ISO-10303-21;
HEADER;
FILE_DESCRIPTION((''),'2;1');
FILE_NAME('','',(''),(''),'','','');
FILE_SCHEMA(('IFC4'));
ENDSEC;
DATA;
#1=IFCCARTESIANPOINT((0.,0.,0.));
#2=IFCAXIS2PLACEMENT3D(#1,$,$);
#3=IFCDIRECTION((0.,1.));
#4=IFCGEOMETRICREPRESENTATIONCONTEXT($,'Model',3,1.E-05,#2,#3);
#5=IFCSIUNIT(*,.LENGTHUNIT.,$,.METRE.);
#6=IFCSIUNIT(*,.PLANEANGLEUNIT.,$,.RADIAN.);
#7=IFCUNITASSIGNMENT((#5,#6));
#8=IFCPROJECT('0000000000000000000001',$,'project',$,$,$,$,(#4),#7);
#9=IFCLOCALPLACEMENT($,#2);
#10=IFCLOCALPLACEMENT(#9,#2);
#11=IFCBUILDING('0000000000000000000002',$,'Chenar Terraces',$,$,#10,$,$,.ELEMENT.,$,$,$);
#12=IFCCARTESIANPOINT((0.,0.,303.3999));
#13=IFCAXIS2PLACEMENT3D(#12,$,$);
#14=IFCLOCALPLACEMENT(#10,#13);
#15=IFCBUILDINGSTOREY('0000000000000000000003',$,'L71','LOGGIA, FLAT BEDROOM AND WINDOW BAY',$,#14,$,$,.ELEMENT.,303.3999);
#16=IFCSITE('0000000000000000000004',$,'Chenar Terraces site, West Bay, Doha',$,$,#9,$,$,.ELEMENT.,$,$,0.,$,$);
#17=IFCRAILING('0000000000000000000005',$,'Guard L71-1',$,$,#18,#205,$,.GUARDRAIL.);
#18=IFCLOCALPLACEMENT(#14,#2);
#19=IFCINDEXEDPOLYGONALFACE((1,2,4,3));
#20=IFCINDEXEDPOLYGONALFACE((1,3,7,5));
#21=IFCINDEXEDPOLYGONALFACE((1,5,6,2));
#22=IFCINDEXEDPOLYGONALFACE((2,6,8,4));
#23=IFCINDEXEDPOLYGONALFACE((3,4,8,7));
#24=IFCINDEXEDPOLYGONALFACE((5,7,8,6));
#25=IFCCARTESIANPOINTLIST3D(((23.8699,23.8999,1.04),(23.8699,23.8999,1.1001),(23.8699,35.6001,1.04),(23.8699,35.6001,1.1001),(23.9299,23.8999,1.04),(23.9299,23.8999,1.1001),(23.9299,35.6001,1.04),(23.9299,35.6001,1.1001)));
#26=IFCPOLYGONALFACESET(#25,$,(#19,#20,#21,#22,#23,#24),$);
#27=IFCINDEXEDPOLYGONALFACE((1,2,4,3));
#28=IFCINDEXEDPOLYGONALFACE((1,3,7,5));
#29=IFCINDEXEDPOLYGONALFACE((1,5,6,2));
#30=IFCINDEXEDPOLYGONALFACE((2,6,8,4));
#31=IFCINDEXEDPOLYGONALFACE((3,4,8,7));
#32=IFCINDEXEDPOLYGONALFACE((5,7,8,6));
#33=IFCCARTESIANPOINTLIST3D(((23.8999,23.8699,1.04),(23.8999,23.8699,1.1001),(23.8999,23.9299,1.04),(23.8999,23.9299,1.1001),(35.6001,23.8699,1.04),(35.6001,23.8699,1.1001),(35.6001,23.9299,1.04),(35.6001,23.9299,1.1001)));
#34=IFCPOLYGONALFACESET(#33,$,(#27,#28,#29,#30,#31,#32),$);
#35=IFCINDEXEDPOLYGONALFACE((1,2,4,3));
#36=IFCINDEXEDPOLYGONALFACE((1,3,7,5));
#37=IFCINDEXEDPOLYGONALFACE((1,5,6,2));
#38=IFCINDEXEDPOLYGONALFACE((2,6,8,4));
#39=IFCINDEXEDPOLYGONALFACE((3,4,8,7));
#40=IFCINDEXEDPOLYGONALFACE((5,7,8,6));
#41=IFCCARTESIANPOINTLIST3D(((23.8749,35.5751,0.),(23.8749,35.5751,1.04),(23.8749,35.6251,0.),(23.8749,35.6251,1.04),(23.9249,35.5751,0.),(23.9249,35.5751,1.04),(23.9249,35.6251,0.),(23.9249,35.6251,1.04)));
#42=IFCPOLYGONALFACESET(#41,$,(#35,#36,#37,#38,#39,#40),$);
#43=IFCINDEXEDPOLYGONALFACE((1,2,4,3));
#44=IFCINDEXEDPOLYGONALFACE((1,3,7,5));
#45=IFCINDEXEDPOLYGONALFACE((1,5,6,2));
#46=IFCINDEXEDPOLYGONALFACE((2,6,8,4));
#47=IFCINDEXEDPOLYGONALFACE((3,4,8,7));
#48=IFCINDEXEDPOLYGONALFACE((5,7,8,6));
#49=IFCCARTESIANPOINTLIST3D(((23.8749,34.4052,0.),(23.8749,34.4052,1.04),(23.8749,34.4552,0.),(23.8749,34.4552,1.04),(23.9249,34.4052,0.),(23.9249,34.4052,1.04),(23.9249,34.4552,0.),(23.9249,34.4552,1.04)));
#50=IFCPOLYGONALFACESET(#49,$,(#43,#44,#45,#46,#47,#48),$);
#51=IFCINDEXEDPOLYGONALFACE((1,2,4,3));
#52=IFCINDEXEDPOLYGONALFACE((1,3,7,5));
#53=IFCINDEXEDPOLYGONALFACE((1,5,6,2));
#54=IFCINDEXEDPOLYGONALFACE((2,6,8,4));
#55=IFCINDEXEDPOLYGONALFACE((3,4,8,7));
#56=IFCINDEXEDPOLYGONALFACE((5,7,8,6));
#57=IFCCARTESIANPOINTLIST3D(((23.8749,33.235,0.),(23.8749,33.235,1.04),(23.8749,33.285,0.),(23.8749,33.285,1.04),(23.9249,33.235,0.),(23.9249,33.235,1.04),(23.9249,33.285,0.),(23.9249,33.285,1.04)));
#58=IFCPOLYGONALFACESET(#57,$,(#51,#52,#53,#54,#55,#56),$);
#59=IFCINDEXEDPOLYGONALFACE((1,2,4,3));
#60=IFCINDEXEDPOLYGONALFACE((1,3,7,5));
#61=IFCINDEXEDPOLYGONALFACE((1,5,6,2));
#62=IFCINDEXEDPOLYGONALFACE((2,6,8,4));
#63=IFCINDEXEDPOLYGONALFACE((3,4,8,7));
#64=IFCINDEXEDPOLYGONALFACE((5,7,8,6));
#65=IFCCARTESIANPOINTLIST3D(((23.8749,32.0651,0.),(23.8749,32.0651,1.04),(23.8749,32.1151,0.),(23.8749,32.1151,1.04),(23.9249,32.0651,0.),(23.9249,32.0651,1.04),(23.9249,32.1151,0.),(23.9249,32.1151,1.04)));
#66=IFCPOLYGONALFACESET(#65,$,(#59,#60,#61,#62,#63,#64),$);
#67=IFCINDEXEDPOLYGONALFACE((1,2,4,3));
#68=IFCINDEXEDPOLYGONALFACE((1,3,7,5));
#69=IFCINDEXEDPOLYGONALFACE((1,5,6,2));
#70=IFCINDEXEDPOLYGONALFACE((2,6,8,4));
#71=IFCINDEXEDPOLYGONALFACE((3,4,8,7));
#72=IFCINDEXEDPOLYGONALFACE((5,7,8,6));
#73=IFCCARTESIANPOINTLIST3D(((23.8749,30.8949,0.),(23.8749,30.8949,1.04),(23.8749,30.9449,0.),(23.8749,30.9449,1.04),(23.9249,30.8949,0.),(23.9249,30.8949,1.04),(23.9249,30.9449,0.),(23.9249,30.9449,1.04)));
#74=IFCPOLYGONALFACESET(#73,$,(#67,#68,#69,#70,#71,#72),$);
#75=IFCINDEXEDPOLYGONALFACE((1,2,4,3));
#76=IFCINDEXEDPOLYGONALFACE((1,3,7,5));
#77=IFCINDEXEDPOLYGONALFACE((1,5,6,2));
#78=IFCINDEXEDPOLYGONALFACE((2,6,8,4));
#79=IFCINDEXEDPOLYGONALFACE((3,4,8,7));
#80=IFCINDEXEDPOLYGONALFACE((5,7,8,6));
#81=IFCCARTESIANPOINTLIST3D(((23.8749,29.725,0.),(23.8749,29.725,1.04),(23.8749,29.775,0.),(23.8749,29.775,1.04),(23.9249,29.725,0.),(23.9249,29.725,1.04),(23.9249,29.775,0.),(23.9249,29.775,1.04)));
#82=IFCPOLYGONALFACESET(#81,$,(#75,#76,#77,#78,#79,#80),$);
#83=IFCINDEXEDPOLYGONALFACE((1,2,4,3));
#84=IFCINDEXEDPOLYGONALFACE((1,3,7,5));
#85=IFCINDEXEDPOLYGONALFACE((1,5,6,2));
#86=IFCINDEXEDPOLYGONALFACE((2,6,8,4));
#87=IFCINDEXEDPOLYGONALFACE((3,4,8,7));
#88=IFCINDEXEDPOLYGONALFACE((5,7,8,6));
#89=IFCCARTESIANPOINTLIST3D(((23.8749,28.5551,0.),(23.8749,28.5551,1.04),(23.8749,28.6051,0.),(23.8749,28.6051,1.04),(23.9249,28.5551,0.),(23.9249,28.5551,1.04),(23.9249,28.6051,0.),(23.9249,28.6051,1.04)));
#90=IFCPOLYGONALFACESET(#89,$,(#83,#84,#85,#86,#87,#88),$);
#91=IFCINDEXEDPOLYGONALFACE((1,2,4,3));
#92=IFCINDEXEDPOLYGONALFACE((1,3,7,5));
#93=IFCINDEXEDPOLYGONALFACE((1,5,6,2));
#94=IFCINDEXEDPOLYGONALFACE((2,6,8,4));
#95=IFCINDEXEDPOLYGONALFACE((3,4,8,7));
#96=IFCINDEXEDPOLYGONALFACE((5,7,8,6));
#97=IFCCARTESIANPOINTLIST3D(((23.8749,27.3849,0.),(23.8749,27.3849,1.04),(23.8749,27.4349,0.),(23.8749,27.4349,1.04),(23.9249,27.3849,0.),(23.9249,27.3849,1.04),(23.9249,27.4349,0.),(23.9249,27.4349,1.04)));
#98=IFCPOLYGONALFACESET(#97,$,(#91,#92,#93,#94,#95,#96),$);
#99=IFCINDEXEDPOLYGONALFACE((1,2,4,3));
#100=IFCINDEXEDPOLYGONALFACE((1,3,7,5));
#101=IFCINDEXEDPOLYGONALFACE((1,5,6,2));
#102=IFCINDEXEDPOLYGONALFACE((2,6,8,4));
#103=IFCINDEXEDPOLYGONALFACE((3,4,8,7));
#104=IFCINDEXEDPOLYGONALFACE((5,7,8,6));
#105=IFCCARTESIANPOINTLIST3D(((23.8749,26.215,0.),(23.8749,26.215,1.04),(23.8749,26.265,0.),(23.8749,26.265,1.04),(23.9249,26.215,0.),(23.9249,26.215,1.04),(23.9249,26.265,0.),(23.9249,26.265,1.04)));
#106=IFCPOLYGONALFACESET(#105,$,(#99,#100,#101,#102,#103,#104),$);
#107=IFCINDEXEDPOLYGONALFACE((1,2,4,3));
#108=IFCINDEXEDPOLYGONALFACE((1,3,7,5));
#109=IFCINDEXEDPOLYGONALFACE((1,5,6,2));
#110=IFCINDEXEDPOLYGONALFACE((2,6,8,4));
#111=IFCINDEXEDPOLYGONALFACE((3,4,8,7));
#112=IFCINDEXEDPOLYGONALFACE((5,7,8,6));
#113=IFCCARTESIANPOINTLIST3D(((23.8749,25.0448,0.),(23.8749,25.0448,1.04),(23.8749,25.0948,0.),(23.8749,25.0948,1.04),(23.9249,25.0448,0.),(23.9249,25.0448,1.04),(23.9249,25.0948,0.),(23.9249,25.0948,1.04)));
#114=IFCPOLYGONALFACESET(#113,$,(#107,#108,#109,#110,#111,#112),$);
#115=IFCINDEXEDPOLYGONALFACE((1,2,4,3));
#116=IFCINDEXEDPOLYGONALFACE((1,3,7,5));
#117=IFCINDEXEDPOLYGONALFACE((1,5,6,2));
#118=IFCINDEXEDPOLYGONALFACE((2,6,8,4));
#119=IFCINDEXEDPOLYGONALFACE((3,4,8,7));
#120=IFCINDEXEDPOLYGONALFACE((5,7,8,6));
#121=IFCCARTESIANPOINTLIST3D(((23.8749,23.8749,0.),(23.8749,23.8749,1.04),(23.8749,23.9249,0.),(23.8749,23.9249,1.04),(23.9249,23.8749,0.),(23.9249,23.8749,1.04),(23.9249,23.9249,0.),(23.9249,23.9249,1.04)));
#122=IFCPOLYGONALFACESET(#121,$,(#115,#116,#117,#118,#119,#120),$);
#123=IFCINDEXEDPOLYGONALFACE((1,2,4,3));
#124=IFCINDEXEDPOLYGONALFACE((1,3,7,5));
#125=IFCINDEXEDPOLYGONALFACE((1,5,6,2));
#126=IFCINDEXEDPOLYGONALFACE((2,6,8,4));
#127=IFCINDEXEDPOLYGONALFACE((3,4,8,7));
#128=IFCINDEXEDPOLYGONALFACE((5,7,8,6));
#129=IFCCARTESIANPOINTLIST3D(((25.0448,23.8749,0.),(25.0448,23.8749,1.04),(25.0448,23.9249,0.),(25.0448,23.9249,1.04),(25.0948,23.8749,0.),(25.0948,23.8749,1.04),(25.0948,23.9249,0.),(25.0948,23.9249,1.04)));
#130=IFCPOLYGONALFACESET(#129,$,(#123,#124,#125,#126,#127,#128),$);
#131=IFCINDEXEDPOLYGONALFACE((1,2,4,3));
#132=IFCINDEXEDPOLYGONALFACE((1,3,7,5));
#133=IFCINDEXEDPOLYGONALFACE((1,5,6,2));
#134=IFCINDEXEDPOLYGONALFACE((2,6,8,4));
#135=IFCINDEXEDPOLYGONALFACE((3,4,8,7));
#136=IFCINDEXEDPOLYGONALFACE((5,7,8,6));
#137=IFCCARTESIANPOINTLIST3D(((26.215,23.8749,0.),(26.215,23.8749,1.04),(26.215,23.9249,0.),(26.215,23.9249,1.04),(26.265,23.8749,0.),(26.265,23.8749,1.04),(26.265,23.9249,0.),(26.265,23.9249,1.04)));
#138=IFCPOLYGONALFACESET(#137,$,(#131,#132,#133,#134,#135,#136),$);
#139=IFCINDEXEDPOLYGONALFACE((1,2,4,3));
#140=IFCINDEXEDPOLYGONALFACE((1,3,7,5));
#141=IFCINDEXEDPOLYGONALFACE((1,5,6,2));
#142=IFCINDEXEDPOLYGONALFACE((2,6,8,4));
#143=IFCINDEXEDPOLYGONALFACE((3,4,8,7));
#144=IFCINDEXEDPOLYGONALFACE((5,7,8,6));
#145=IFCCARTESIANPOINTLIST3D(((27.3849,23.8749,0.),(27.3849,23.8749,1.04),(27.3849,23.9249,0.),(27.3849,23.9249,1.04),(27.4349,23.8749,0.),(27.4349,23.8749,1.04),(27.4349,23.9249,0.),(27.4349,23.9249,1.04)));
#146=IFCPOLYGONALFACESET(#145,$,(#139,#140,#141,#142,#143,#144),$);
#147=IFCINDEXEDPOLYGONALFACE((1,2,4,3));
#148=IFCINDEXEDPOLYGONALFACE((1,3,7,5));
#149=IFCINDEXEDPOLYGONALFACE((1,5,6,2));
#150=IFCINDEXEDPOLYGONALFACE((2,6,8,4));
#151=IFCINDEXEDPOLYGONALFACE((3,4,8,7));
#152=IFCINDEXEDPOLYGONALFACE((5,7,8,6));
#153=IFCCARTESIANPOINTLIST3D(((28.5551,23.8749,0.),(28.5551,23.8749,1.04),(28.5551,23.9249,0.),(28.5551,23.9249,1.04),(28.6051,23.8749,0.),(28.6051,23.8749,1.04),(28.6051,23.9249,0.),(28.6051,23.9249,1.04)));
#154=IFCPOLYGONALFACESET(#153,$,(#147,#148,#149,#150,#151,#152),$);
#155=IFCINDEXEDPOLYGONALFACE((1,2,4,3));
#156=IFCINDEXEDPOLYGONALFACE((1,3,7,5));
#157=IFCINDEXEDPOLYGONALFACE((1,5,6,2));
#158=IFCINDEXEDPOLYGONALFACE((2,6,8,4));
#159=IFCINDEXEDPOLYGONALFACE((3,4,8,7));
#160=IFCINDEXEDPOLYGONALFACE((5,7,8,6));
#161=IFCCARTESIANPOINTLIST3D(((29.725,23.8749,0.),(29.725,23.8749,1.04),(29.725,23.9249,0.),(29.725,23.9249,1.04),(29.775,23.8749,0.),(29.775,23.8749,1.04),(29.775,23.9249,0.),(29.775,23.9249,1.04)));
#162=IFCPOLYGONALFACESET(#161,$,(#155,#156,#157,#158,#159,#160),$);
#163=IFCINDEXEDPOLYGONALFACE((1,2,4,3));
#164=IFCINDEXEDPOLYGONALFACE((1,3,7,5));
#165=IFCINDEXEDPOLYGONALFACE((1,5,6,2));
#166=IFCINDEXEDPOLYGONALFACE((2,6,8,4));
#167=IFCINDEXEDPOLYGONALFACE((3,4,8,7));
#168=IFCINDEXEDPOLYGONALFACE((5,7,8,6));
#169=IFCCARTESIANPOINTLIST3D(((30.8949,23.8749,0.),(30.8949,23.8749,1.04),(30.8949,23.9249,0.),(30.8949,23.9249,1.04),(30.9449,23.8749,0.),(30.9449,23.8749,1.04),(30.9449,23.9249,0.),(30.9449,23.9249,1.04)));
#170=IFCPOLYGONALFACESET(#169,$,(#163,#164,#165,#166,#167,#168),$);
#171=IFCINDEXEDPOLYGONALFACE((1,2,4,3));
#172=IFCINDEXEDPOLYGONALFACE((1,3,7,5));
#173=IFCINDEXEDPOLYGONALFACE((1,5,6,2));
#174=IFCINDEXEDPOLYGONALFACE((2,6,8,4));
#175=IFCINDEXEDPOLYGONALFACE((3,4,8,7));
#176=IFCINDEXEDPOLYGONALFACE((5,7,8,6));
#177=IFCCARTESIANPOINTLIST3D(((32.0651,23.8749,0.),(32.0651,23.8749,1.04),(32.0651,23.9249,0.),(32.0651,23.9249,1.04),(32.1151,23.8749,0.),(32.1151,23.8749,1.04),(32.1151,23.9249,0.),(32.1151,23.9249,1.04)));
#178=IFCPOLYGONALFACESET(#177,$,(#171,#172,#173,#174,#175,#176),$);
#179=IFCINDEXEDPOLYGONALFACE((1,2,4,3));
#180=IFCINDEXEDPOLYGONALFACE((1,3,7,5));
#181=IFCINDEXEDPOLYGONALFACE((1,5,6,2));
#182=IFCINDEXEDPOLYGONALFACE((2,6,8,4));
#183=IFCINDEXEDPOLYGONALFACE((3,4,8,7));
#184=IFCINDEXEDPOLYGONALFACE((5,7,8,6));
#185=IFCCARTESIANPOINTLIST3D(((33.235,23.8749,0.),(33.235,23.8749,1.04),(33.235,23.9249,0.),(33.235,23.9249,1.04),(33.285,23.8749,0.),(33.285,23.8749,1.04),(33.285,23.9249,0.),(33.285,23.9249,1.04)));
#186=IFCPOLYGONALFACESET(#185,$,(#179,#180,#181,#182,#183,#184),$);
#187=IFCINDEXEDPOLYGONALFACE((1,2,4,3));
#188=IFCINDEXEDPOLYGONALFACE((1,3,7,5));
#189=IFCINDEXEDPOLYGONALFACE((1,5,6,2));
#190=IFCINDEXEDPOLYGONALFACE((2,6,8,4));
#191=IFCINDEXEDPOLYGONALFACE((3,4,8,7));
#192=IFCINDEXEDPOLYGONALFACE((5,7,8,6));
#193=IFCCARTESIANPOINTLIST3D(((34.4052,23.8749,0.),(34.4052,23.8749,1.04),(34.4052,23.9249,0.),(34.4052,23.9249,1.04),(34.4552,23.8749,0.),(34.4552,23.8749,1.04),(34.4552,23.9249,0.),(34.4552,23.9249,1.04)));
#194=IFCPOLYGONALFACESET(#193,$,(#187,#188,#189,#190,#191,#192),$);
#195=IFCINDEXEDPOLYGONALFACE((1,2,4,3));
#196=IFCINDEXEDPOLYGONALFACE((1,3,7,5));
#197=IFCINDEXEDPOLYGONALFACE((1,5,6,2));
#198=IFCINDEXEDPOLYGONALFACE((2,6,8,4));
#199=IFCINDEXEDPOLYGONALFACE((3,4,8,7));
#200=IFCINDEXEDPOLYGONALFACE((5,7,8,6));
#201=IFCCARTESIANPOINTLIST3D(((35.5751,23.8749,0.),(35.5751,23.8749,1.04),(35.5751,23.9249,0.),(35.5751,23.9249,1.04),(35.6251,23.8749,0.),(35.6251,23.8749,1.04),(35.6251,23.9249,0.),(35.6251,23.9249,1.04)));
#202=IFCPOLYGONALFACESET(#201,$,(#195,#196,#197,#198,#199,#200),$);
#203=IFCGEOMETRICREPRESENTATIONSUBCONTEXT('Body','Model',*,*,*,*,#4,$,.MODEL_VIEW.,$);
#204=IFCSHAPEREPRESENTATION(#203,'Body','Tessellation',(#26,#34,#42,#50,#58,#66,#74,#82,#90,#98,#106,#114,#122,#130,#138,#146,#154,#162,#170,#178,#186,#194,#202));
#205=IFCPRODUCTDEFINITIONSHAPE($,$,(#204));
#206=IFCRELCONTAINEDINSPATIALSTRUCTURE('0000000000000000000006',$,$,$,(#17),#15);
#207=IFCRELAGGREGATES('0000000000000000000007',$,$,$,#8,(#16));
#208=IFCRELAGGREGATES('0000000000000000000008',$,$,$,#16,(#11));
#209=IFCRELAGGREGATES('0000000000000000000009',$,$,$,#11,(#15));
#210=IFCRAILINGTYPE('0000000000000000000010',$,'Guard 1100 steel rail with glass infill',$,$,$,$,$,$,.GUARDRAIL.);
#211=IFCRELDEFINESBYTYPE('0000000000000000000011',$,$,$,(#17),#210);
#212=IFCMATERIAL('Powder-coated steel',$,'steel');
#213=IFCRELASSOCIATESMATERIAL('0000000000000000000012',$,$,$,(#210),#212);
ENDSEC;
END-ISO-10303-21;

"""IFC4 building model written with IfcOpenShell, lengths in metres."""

from ifc_helpers import new_model, si_unit, direction, frame, origin, origin_2d, place, context, subcontext, project, spatial, rectangle, extrude, material, type_object, element, save


model = new_model("IFC4")

# Units and contexts
model_context = context("Model", 3, precision=1e-05, world=origin(), true_north=direction((0.0, 1.0)))
body_context = subcontext(model_context, "Body", "Model", "MODEL_VIEW")
ifc_project = project(units=[si_unit("LENGTHUNIT", "METRE"), si_unit("PLANEANGLEUNIT", "RADIAN")], contexts=[model_context])

# Site, building, storey
site_placement = place(None, origin())
site = spatial("IfcSite", under=ifc_project, at=site_placement, Name="Chenar Terraces site, West Bay, Doha", CompositionType="ELEMENT", RefElevation=0.0)
building_placement = place(site_placement, origin())
building = spatial("IfcBuilding", under=site, at=building_placement, Name="Chenar Terraces", CompositionType="ELEMENT")
storey_placement = place(building_placement, frame((0.0, 0.0, 303.3999)))
storey = spatial("IfcBuildingStorey", under=building, at=storey_placement, Name="L71", Description="LOGGIA, FLAT BEDROOM AND WINDOW BAY", CompositionType="ELEMENT", Elevation=303.3999)

# Railing
ifc_material_1 = material(Name="Powder-coated steel", Category="steel")
railing_type = type_object("IfcRailingType", Name="Guard 1100 steel rail with glass infill", PredefinedType="GUARDRAIL", material=ifc_material_1)
railing_placement = place(storey_placement, frame((23.8999, 35.6001, 0.0)))
element("IfcRailing", 1, at=railing_placement, inside=storey, type_object=railing_type, Name="Guard L71-1", PredefinedType="GUARDRAIL", context=body_context, shape_type="SweptSolid", body=[
    extrude(rectangle(XDim=0.0601, YDim=0.0601, at=origin_2d()), frame((0.0, 0.0, 1.0701), z_axis=(0.0, -1.0, 0.0), x_axis=(1.0, 0.0, 0.0)), (0.0, 0.0, 1.0), 11.7002),
    extrude(rectangle(XDim=0.0601, YDim=0.0601, at=origin_2d()), frame((0.0, -11.7002, 1.0701), z_axis=(1.0, 0.0, 0.0), x_axis=(0.0, 1.0, 0.0)), (0.0, 0.0, 1.0), 11.7002),
    extrude(rectangle(XDim=0.05, YDim=0.05, at=origin_2d()), origin(), (0.0, 0.0, 1.0), 1.04),
    extrude(rectangle(XDim=0.05, YDim=0.05, at=origin_2d()), frame((0.0, -1.1699, 0.0)), (0.0, 0.0, 1.0), 1.04),
    extrude(rectangle(XDim=0.05, YDim=0.05, at=origin_2d()), frame((0.0, -2.3401, 0.0)), (0.0, 0.0, 1.0), 1.04),
    extrude(rectangle(XDim=0.05, YDim=0.05, at=origin_2d()), frame((0.0, -3.51, 0.0)), (0.0, 0.0, 1.0), 1.04),
    extrude(rectangle(XDim=0.05, YDim=0.05, at=origin_2d()), frame((0.0, -4.6802, 0.0)), (0.0, 0.0, 1.0), 1.04),
    extrude(rectangle(XDim=0.05, YDim=0.05, at=origin_2d()), frame((0.0, -5.8501, 0.0)), (0.0, 0.0, 1.0), 1.04),
    extrude(rectangle(XDim=0.05, YDim=0.05, at=origin_2d()), frame((0.0, -7.02, 0.0)), (0.0, 0.0, 1.0), 1.04),
    extrude(rectangle(XDim=0.05, YDim=0.05, at=origin_2d()), frame((0.0, -8.1902, 0.0)), (0.0, 0.0, 1.0), 1.04),
    extrude(rectangle(XDim=0.05, YDim=0.05, at=origin_2d()), frame((0.0, -9.3601, 0.0)), (0.0, 0.0, 1.0), 1.04),
    extrude(rectangle(XDim=0.05, YDim=0.05, at=origin_2d()), frame((0.0, -10.5303, 0.0)), (0.0, 0.0, 1.0), 1.04),
    extrude(rectangle(XDim=0.05, YDim=0.05, at=origin_2d()), frame((0.0, -11.7002, 0.0)), (0.0, 0.0, 1.0), 1.04),
    extrude(rectangle(XDim=0.05, YDim=0.05, at=origin_2d()), frame((1.1699, -11.7002, 0.0)), (0.0, 0.0, 1.0), 1.04),
    extrude(rectangle(XDim=0.05, YDim=0.05, at=origin_2d()), frame((2.3401, -11.7002, 0.0)), (0.0, 0.0, 1.0), 1.04),
    extrude(rectangle(XDim=0.05, YDim=0.05, at=origin_2d()), frame((3.51, -11.7002, 0.0)), (0.0, 0.0, 1.0), 1.04),
    extrude(rectangle(XDim=0.05, YDim=0.05, at=origin_2d()), frame((4.6802, -11.7002, 0.0)), (0.0, 0.0, 1.0), 1.04),
    extrude(rectangle(XDim=0.05, YDim=0.05, at=origin_2d()), frame((5.8501, -11.7002, 0.0)), (0.0, 0.0, 1.0), 1.04),
    extrude(rectangle(XDim=0.05, YDim=0.05, at=origin_2d()), frame((7.02, -11.7002, 0.0)), (0.0, 0.0, 1.0), 1.04),
    extrude(rectangle(XDim=0.05, YDim=0.05, at=origin_2d()), frame((8.1902, -11.7002, 0.0)), (0.0, 0.0, 1.0), 1.04),
    extrude(rectangle(XDim=0.05, YDim=0.05, at=origin_2d()), frame((9.3601, -11.7002, 0.0)), (0.0, 0.0, 1.0), 1.04),
    extrude(rectangle(XDim=0.05, YDim=0.05, at=origin_2d()), frame((10.5303, -11.7002, 0.0)), (0.0, 0.0, 1.0), 1.04),
    extrude(rectangle(XDim=0.05, YDim=0.05, at=origin_2d()), frame((11.7002, -11.7002, 0.0)), (0.0, 0.0, 1.0), 1.04),
])

save(model, "model.ifc")
